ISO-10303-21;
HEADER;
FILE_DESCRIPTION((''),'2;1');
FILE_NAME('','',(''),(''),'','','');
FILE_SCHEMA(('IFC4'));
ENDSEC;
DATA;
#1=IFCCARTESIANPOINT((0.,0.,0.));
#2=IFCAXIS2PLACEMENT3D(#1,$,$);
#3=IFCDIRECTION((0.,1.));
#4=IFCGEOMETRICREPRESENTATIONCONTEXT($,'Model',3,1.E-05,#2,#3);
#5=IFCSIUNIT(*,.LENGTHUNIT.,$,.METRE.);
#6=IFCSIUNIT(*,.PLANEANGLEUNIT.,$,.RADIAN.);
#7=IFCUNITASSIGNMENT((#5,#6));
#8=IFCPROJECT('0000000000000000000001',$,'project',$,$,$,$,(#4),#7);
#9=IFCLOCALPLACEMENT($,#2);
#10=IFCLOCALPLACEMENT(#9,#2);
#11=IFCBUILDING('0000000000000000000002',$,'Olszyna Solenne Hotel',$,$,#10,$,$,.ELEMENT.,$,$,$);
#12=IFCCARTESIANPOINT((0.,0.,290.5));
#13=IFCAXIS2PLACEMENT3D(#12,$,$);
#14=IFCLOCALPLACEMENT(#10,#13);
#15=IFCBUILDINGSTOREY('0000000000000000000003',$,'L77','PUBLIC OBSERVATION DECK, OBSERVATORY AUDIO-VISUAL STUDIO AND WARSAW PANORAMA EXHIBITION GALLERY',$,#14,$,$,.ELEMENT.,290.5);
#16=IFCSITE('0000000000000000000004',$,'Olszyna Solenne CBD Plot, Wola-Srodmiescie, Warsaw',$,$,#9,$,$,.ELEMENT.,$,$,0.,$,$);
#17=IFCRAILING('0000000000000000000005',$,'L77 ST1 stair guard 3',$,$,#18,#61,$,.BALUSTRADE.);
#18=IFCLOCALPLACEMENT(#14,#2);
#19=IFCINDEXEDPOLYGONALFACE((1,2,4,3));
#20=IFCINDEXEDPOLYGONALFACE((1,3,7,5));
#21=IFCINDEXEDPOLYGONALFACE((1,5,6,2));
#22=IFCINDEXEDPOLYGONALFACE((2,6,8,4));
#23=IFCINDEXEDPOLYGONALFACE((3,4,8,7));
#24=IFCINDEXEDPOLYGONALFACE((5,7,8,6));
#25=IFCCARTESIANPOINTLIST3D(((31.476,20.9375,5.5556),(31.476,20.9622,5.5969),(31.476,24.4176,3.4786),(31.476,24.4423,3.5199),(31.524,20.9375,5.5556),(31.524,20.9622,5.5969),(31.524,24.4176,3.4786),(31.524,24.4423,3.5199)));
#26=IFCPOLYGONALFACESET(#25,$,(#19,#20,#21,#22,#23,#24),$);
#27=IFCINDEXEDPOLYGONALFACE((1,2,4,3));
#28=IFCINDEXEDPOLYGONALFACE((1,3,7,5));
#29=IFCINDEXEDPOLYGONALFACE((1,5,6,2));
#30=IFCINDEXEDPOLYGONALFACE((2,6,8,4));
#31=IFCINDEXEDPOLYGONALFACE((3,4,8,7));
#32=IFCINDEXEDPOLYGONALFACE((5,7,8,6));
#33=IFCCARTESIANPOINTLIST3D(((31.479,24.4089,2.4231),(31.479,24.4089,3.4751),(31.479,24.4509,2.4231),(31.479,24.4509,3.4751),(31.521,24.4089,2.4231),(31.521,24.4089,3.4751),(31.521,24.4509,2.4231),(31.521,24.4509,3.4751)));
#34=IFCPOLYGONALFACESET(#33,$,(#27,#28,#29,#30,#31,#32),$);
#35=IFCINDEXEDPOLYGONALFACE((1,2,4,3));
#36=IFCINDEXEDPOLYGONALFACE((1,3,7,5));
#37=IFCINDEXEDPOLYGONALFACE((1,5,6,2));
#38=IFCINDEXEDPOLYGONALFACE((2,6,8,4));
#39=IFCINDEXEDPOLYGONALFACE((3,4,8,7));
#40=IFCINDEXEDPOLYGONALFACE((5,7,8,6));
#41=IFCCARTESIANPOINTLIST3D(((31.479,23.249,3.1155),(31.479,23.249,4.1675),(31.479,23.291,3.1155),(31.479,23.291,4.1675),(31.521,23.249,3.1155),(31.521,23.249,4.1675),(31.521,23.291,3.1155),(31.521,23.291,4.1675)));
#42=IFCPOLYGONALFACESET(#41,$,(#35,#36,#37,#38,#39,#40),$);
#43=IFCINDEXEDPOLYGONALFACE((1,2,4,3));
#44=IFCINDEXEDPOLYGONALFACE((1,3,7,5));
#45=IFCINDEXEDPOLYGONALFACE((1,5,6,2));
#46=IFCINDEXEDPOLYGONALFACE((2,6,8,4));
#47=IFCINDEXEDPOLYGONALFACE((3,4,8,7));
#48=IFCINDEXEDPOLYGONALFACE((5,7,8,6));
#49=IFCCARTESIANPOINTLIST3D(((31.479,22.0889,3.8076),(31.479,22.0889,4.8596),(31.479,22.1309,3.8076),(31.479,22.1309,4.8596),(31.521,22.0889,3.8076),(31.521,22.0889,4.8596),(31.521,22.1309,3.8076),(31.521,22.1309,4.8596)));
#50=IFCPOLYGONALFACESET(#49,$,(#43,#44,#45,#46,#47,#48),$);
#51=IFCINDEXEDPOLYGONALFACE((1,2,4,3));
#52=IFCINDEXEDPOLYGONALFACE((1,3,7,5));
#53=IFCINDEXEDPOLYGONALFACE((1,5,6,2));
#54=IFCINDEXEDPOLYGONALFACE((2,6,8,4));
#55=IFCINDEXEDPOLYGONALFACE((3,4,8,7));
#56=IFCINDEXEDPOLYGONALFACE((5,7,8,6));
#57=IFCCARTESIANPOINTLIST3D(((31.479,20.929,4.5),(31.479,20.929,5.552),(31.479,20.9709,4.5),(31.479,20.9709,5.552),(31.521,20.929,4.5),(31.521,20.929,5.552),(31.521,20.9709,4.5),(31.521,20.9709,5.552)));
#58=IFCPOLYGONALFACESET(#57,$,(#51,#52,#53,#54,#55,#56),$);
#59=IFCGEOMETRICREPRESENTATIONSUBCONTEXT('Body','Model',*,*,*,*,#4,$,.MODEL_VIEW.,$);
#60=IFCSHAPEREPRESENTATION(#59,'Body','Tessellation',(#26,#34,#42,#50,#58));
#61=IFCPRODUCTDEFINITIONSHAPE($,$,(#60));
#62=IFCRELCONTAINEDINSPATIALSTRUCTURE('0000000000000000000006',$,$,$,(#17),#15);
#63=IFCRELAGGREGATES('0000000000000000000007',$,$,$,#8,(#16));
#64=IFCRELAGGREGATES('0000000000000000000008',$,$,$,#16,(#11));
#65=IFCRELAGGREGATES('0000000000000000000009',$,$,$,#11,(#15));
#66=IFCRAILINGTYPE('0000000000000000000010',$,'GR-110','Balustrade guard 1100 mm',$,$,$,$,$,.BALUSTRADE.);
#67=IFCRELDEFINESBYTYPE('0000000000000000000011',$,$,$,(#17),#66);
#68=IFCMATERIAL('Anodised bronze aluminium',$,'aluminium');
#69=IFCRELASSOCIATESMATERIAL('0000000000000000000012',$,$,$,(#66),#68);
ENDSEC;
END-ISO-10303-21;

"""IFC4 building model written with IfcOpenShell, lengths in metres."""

from ifc_helpers import new_model, si_unit, direction, frame, origin, origin_2d, place, context, subcontext, project, spatial, rectangle, extrude, material, type_object, element, save


model = new_model("IFC4")

# Units and contexts
model_context = context("Model", 3, precision=1e-05, world=origin(), true_north=direction((0.0, 1.0)))
body_context = subcontext(model_context, "Body", "Model", "MODEL_VIEW")
ifc_project = project(units=[si_unit("LENGTHUNIT", "METRE"), si_unit("PLANEANGLEUNIT", "RADIAN")], contexts=[model_context])

# Site, building, storey
site_placement = place(None, origin())
site = spatial("IfcSite", under=ifc_project, at=site_placement, Name="Olszyna Solenne CBD Plot, Wola-Srodmiescie, Warsaw", CompositionType="ELEMENT", RefElevation=0.0)
building_placement = place(site_placement, origin())
building = spatial("IfcBuilding", under=site, at=building_placement, Name="Olszyna Solenne Hotel", CompositionType="ELEMENT")
storey_placement = place(building_placement, frame((0.0, 0.0, 290.5)))
storey = spatial("IfcBuildingStorey", under=building, at=storey_placement, Name="L77", Description="PUBLIC OBSERVATION DECK, OBSERVATORY AUDIO-VISUAL STUDIO AND WARSAW PANORAMA EXHIBITION GALLERY", CompositionType="ELEMENT", Elevation=290.5)

# Railing
ifc_material_1 = material(Name="Anodised bronze aluminium", Category="aluminium")
railing_type = type_object("IfcRailingType", Name="GR-110", Description="Balustrade guard 1100 mm", PredefinedType="BALUSTRADE", material=ifc_material_1)
railing_1_placement = place(storey_placement, frame((31.5, 24.4299, 2.4231)))
element("IfcRailing", 1, at=railing_1_placement, inside=storey, type_object=railing_type, Name="L77 ST1 stair guard 3", PredefinedType="BALUSTRADE", context=body_context, shape_type="SweptSolid", body=[
    extrude(rectangle(XDim=0.0481, YDim=0.0481, at=origin_2d()), frame((0.0, 0.0, 1.0762), z_axis=(0.0, -0.858697, 0.512483), x_axis=(1.0, 0.0, 0.0)), (0.0, 0.0, 1.0), 4.0527),
    extrude(rectangle(XDim=0.042, YDim=0.042, at=origin_2d()), origin(), (0.0, 0.0, 1.0), 1.052),
    extrude(rectangle(XDim=0.042, YDim=0.042, at=origin_2d()), frame((0.0, -1.1599, 0.6924)), (0.0, 0.0, 1.0), 1.052),
    extrude(rectangle(XDim=0.042, YDim=0.042, at=origin_2d()), frame((0.0, -2.3201, 1.3845)), (0.0, 0.0, 1.0), 1.052),
    extrude(rectangle(XDim=0.042, YDim=0.042, at=origin_2d()), frame((0.0, -3.48, 2.0769)), (0.0, 0.0, 1.0), 1.052),
])

save(model, "model.ifc")
